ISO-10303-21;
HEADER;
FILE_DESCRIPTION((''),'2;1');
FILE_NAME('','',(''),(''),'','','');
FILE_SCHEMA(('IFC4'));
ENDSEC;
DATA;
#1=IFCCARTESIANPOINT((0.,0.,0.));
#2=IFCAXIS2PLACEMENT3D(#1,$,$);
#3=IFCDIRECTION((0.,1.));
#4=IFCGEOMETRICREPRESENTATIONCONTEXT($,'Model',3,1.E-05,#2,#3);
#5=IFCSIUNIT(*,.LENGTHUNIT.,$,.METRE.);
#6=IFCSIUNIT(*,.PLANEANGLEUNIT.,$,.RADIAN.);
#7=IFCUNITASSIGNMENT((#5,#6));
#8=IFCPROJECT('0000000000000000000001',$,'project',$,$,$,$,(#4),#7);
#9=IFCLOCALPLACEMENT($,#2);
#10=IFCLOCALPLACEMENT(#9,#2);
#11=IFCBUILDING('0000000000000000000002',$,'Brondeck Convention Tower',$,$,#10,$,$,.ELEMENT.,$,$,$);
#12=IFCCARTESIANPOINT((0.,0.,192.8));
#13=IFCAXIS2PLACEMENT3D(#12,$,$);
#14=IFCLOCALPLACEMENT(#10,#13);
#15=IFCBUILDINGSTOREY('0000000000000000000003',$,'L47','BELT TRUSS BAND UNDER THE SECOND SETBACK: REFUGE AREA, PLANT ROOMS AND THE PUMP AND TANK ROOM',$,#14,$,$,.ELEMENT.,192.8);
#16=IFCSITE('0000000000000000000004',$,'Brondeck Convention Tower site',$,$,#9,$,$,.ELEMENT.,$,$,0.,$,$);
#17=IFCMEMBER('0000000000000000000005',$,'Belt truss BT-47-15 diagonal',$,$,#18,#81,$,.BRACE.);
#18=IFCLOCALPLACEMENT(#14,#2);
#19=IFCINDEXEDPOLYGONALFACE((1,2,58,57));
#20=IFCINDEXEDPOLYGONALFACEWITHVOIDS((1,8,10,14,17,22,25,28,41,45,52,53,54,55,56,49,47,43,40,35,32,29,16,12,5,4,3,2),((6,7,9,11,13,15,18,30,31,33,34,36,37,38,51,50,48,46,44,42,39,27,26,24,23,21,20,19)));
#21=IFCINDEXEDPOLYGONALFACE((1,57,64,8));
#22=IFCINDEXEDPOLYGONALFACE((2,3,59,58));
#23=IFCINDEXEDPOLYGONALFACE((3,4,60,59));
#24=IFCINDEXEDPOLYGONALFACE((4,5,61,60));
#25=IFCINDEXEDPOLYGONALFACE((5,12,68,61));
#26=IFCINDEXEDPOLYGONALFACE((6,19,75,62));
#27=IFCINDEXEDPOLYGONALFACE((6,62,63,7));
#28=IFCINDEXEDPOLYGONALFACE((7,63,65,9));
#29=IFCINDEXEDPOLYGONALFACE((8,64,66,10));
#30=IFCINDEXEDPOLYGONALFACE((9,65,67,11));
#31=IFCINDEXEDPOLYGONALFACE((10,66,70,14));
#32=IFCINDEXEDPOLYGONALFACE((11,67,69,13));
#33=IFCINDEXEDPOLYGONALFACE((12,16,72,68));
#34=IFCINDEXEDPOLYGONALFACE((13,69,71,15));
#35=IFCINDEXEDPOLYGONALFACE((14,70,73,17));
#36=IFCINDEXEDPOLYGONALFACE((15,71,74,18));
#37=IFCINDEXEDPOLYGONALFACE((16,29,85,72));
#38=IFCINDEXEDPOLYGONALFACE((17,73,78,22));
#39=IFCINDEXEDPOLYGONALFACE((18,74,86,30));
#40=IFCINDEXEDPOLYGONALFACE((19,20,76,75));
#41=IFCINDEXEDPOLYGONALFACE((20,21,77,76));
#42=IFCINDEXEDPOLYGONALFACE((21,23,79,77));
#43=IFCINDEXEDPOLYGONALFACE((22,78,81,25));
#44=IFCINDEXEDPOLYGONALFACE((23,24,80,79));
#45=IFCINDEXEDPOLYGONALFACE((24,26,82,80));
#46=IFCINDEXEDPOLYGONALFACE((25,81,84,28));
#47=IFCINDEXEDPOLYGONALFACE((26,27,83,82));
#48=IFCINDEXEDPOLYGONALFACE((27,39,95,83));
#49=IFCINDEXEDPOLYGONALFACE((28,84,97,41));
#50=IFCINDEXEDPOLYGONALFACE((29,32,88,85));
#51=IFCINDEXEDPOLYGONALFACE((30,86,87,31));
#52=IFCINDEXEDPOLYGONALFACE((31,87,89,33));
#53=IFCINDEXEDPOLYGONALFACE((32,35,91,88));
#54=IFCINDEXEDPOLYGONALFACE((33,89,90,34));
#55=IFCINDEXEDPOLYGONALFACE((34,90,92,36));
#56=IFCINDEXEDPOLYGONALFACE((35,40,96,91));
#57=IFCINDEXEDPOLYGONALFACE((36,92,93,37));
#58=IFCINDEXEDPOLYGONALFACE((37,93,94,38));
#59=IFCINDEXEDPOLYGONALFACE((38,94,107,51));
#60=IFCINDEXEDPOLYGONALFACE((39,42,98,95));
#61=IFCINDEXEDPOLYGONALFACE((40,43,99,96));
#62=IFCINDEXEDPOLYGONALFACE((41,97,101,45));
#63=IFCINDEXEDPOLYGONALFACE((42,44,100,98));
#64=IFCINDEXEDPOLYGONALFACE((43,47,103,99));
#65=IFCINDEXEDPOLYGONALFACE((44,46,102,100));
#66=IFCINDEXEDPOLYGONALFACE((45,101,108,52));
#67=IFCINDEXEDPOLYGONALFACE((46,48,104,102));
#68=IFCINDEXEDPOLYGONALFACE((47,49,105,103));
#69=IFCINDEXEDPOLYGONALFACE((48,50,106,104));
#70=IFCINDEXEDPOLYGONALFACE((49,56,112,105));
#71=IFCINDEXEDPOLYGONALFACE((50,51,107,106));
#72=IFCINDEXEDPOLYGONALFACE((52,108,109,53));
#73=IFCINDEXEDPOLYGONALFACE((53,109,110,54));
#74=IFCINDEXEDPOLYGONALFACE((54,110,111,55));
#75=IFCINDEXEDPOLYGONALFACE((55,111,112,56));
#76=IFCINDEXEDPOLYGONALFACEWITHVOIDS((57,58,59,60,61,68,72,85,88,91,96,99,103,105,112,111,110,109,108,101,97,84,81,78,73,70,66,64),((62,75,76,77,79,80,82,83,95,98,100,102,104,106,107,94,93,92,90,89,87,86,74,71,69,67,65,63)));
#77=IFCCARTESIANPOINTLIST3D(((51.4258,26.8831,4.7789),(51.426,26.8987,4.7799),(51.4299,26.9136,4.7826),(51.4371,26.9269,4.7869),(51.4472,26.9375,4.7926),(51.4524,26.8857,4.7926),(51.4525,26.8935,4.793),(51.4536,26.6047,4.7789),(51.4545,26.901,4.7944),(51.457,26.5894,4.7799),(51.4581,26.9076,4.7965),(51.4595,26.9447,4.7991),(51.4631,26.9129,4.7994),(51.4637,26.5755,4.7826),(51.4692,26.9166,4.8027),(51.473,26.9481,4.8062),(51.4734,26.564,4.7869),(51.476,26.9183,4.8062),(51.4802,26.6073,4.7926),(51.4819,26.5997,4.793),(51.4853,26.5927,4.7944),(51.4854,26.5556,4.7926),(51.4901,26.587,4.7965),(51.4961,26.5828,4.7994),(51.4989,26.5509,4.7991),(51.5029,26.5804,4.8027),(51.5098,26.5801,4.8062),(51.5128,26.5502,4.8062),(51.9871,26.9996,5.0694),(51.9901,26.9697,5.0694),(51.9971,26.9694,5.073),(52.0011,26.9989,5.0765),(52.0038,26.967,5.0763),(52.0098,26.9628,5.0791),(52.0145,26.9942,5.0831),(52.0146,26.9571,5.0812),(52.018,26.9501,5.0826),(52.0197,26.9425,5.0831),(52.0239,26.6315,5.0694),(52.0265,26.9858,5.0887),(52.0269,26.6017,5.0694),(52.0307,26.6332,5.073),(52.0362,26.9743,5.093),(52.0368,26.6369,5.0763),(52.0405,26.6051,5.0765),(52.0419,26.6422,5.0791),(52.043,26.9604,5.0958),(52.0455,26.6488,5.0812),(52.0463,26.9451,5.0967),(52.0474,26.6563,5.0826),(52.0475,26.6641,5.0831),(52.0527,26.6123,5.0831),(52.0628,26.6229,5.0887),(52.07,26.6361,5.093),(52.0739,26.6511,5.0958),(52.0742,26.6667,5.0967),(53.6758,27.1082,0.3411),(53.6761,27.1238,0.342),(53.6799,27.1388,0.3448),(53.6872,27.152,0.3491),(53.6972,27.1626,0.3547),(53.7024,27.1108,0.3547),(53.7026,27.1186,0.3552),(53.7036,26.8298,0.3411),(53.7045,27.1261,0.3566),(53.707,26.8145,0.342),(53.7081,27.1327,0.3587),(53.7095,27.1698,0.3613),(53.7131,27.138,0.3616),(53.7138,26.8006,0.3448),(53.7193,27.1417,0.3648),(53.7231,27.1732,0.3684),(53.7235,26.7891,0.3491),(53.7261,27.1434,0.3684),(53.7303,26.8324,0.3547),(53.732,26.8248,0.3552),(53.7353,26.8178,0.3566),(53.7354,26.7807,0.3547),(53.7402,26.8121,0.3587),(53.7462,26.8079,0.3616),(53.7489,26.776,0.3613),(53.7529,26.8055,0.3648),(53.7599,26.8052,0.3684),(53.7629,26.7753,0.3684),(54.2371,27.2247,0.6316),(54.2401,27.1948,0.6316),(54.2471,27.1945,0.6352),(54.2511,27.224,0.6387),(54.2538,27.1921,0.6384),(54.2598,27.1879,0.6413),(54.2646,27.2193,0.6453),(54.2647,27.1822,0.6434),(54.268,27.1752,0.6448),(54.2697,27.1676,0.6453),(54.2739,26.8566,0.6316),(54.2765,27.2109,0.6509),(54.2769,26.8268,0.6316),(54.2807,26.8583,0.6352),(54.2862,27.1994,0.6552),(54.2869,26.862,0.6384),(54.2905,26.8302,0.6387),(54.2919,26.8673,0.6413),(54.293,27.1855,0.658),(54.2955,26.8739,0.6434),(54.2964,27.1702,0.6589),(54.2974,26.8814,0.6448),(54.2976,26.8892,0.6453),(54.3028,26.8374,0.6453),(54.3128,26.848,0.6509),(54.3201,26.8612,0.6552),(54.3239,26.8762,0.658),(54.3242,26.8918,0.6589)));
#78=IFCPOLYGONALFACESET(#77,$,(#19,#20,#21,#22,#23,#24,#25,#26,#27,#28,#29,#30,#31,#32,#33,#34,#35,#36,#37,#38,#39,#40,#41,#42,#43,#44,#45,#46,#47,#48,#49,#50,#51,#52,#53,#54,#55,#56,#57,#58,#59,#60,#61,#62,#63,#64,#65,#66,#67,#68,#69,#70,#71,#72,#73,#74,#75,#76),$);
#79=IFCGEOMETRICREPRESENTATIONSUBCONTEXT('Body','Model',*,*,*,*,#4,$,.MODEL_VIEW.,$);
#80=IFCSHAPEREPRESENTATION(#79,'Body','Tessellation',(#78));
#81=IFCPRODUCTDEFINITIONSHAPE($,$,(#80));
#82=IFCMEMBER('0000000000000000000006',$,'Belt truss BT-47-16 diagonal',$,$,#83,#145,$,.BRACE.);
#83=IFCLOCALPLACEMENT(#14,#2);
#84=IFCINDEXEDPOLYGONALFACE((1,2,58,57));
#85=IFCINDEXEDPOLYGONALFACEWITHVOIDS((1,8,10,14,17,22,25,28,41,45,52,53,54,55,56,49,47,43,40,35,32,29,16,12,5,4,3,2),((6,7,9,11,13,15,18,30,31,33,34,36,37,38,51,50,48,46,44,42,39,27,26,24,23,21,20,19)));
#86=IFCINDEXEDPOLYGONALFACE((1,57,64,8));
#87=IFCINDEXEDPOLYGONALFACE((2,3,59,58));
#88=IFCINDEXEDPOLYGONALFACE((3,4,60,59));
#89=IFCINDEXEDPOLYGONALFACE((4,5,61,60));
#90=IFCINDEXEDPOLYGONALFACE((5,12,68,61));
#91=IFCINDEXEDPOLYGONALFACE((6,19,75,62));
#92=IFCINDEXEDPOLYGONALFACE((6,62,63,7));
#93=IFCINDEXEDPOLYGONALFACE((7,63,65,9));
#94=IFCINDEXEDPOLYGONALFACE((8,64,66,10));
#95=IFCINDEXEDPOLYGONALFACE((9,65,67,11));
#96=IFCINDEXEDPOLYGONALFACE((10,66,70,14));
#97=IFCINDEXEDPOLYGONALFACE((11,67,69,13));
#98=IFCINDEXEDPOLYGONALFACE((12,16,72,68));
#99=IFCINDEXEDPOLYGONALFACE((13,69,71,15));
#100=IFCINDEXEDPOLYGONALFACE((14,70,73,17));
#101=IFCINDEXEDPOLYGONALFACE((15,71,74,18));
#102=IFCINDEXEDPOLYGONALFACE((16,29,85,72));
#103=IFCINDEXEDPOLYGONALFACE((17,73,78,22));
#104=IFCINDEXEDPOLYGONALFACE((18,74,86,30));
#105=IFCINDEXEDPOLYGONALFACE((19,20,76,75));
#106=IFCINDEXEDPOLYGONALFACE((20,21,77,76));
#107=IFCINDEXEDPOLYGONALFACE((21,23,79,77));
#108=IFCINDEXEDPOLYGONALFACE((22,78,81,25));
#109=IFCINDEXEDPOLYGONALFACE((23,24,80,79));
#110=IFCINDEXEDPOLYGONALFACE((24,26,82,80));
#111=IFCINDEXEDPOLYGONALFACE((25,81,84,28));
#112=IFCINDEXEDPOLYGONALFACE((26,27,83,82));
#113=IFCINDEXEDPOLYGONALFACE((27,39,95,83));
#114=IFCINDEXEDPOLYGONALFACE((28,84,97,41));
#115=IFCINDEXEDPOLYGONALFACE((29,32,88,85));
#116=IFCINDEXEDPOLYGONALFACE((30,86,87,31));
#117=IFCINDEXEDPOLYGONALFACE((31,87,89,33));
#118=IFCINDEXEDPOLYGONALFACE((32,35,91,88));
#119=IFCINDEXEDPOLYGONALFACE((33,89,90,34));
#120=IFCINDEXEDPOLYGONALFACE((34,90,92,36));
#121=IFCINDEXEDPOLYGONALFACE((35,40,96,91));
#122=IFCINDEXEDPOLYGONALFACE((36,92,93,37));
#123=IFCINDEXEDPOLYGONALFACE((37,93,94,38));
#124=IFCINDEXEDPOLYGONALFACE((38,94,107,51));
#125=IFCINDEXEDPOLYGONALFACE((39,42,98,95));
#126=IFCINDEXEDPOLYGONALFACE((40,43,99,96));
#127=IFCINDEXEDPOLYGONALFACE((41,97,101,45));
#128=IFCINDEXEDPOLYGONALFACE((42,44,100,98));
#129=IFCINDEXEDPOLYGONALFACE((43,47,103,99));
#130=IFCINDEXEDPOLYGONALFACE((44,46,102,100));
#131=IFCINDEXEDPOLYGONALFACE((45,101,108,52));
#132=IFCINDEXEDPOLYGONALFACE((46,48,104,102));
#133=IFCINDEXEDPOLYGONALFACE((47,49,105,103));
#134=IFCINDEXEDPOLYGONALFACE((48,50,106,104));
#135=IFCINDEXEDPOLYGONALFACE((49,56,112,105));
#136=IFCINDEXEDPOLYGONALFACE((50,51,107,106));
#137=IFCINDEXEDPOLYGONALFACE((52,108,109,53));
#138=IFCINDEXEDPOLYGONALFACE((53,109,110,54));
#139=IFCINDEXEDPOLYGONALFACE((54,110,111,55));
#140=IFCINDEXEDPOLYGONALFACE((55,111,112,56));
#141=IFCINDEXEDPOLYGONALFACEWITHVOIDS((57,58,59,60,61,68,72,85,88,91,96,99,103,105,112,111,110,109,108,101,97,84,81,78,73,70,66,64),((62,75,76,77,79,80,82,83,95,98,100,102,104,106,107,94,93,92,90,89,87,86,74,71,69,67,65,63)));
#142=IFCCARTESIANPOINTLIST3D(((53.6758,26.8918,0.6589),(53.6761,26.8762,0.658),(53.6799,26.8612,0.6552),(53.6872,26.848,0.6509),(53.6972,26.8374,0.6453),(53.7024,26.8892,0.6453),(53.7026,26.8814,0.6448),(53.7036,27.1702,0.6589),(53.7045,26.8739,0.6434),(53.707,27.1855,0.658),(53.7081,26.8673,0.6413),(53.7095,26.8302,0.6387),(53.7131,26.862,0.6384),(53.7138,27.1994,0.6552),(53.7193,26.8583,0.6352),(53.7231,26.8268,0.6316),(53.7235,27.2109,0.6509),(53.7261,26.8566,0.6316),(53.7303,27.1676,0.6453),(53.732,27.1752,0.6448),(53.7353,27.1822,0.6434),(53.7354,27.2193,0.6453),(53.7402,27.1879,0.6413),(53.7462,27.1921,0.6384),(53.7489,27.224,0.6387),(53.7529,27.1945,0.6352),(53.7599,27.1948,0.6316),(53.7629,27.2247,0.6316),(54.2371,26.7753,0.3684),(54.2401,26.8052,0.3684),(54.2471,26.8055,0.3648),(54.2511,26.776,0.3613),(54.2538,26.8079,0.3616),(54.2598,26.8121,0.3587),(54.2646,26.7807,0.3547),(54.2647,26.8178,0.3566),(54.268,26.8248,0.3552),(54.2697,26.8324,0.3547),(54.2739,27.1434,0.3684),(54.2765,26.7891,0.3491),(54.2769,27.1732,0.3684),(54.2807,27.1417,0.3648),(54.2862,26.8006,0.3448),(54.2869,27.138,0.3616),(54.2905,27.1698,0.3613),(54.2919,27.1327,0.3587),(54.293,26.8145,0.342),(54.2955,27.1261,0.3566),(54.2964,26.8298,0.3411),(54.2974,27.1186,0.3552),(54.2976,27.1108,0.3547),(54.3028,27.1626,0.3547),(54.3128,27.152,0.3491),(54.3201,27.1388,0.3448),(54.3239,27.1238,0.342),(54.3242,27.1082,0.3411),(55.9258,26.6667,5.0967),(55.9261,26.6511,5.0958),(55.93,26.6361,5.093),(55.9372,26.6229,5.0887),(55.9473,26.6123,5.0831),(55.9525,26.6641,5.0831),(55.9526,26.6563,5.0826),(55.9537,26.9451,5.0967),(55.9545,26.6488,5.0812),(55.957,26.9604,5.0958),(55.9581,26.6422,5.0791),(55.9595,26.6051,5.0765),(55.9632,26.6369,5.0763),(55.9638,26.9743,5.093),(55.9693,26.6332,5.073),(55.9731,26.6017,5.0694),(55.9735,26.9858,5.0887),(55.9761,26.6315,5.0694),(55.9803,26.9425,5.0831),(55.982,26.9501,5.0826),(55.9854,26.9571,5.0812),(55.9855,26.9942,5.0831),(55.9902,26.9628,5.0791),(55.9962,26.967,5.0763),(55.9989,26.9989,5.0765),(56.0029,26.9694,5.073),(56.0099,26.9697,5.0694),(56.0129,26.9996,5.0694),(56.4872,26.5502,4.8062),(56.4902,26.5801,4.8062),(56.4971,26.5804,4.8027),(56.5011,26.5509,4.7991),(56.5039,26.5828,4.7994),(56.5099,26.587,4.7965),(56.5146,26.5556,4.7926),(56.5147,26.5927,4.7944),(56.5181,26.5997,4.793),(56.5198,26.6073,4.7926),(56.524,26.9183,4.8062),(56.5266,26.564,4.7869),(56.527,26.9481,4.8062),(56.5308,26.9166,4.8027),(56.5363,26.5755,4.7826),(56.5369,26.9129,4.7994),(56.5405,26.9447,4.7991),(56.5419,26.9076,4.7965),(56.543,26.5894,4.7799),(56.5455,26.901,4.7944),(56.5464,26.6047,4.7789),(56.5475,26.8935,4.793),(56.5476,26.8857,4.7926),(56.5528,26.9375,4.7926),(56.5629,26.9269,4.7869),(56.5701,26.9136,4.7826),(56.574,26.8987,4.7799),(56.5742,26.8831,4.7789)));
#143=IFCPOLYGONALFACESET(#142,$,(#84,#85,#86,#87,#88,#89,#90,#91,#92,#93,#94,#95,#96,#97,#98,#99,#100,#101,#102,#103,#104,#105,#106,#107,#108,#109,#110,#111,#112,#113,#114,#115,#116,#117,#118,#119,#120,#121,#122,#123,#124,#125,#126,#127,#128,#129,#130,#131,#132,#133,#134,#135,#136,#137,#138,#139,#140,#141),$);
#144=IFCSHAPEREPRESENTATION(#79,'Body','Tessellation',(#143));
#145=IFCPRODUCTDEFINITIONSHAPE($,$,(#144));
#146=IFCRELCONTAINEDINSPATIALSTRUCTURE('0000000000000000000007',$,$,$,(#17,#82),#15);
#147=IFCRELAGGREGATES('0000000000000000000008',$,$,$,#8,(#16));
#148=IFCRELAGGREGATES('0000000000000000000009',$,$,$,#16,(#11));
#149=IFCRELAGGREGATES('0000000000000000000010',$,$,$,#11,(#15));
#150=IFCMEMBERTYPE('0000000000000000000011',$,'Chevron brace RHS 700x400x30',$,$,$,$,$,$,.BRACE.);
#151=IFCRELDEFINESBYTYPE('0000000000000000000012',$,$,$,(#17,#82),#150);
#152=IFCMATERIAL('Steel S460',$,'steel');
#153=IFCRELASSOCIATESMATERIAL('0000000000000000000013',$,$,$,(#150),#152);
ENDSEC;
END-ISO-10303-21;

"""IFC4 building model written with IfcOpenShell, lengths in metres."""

from ifc_helpers import new_model, si_unit, direction, frame, origin, origin_2d, place, context, subcontext, project, spatial, hollow_rectangle, extrude, material, material_profile, profile_set, type_object, element, save


model = new_model("IFC4")

# Units and contexts
model_context = context("Model", 3, precision=1e-05, world=origin(), true_north=direction((0.0, 1.0)))
body_context = subcontext(model_context, "Body", "Model", "MODEL_VIEW")
ifc_project = project(units=[si_unit("LENGTHUNIT", "METRE"), si_unit("PLANEANGLEUNIT", "RADIAN")], contexts=[model_context])

# Site, building, storey
site_placement = place(None, origin())
site = spatial("IfcSite", under=ifc_project, at=site_placement, Name="Brondeck Convention Tower site", CompositionType="ELEMENT", RefElevation=0.0)
building_placement = place(site_placement, origin())
building = spatial("IfcBuilding", under=site, at=building_placement, Name="Brondeck Convention Tower", CompositionType="ELEMENT")
storey_placement = place(building_placement, frame((0.0, 0.0, 192.8)))
storey = spatial("IfcBuildingStorey", under=building, at=storey_placement, Name="L47", Description="BELT TRUSS BAND UNDER THE SECOND SETBACK: REFUGE AREA, PLANT ROOMS AND THE PUMP AND TANK ROOM", CompositionType="ELEMENT", Elevation=192.8)

# Members
ifc_material_1 = material(Name="Steel S460", Category="steel")
ifc_material_profile_1 = material_profile(ifc_material_1, hollow_rectangle(XDim=0.3999, YDim=0.7, WallThickness=0.03, InnerFilletRadius=0.03, OuterFilletRadius=0.0601, at=origin_2d()), Name="RHS 700x400x30")
ifc_profile_set_1 = profile_set([ifc_material_profile_1], Name="Steel S460")
member_type_1 = type_object("IfcMemberType", Name="Chevron brace RHS 700x400x30", PredefinedType="BRACE", material=ifc_profile_set_1)
for number, where, z_axis, x_axis, name in (
    (1, (54.0, 27.0, 0.5), (-0.451749, -0.045195, 0.890999), (0.099546, -0.995033, 0.0), "Belt truss BT-47-15 diagonal"),
    (2, (54.0, 27.0, 0.5), (0.451749, -0.045195, 0.890999), (0.099546, 0.995033, 0.0), "Belt truss BT-47-16 diagonal"),
):
    element("IfcMember", number, at=place(storey_placement, frame(where, z_axis=z_axis, x_axis=x_axis)), inside=storey, type_object=member_type_1, Name=name, PredefinedType="BRACE", context=body_context, shape_type="SweptSolid", body=[
        extrude(hollow_rectangle(XDim=0.3999, YDim=0.7, WallThickness=0.03, InnerFilletRadius=0.03, OuterFilletRadius=0.0601, at=origin_2d()), origin(), (0.0, 0.0, 1.0), 4.9807),
    ])

save(model, "model.ifc")
